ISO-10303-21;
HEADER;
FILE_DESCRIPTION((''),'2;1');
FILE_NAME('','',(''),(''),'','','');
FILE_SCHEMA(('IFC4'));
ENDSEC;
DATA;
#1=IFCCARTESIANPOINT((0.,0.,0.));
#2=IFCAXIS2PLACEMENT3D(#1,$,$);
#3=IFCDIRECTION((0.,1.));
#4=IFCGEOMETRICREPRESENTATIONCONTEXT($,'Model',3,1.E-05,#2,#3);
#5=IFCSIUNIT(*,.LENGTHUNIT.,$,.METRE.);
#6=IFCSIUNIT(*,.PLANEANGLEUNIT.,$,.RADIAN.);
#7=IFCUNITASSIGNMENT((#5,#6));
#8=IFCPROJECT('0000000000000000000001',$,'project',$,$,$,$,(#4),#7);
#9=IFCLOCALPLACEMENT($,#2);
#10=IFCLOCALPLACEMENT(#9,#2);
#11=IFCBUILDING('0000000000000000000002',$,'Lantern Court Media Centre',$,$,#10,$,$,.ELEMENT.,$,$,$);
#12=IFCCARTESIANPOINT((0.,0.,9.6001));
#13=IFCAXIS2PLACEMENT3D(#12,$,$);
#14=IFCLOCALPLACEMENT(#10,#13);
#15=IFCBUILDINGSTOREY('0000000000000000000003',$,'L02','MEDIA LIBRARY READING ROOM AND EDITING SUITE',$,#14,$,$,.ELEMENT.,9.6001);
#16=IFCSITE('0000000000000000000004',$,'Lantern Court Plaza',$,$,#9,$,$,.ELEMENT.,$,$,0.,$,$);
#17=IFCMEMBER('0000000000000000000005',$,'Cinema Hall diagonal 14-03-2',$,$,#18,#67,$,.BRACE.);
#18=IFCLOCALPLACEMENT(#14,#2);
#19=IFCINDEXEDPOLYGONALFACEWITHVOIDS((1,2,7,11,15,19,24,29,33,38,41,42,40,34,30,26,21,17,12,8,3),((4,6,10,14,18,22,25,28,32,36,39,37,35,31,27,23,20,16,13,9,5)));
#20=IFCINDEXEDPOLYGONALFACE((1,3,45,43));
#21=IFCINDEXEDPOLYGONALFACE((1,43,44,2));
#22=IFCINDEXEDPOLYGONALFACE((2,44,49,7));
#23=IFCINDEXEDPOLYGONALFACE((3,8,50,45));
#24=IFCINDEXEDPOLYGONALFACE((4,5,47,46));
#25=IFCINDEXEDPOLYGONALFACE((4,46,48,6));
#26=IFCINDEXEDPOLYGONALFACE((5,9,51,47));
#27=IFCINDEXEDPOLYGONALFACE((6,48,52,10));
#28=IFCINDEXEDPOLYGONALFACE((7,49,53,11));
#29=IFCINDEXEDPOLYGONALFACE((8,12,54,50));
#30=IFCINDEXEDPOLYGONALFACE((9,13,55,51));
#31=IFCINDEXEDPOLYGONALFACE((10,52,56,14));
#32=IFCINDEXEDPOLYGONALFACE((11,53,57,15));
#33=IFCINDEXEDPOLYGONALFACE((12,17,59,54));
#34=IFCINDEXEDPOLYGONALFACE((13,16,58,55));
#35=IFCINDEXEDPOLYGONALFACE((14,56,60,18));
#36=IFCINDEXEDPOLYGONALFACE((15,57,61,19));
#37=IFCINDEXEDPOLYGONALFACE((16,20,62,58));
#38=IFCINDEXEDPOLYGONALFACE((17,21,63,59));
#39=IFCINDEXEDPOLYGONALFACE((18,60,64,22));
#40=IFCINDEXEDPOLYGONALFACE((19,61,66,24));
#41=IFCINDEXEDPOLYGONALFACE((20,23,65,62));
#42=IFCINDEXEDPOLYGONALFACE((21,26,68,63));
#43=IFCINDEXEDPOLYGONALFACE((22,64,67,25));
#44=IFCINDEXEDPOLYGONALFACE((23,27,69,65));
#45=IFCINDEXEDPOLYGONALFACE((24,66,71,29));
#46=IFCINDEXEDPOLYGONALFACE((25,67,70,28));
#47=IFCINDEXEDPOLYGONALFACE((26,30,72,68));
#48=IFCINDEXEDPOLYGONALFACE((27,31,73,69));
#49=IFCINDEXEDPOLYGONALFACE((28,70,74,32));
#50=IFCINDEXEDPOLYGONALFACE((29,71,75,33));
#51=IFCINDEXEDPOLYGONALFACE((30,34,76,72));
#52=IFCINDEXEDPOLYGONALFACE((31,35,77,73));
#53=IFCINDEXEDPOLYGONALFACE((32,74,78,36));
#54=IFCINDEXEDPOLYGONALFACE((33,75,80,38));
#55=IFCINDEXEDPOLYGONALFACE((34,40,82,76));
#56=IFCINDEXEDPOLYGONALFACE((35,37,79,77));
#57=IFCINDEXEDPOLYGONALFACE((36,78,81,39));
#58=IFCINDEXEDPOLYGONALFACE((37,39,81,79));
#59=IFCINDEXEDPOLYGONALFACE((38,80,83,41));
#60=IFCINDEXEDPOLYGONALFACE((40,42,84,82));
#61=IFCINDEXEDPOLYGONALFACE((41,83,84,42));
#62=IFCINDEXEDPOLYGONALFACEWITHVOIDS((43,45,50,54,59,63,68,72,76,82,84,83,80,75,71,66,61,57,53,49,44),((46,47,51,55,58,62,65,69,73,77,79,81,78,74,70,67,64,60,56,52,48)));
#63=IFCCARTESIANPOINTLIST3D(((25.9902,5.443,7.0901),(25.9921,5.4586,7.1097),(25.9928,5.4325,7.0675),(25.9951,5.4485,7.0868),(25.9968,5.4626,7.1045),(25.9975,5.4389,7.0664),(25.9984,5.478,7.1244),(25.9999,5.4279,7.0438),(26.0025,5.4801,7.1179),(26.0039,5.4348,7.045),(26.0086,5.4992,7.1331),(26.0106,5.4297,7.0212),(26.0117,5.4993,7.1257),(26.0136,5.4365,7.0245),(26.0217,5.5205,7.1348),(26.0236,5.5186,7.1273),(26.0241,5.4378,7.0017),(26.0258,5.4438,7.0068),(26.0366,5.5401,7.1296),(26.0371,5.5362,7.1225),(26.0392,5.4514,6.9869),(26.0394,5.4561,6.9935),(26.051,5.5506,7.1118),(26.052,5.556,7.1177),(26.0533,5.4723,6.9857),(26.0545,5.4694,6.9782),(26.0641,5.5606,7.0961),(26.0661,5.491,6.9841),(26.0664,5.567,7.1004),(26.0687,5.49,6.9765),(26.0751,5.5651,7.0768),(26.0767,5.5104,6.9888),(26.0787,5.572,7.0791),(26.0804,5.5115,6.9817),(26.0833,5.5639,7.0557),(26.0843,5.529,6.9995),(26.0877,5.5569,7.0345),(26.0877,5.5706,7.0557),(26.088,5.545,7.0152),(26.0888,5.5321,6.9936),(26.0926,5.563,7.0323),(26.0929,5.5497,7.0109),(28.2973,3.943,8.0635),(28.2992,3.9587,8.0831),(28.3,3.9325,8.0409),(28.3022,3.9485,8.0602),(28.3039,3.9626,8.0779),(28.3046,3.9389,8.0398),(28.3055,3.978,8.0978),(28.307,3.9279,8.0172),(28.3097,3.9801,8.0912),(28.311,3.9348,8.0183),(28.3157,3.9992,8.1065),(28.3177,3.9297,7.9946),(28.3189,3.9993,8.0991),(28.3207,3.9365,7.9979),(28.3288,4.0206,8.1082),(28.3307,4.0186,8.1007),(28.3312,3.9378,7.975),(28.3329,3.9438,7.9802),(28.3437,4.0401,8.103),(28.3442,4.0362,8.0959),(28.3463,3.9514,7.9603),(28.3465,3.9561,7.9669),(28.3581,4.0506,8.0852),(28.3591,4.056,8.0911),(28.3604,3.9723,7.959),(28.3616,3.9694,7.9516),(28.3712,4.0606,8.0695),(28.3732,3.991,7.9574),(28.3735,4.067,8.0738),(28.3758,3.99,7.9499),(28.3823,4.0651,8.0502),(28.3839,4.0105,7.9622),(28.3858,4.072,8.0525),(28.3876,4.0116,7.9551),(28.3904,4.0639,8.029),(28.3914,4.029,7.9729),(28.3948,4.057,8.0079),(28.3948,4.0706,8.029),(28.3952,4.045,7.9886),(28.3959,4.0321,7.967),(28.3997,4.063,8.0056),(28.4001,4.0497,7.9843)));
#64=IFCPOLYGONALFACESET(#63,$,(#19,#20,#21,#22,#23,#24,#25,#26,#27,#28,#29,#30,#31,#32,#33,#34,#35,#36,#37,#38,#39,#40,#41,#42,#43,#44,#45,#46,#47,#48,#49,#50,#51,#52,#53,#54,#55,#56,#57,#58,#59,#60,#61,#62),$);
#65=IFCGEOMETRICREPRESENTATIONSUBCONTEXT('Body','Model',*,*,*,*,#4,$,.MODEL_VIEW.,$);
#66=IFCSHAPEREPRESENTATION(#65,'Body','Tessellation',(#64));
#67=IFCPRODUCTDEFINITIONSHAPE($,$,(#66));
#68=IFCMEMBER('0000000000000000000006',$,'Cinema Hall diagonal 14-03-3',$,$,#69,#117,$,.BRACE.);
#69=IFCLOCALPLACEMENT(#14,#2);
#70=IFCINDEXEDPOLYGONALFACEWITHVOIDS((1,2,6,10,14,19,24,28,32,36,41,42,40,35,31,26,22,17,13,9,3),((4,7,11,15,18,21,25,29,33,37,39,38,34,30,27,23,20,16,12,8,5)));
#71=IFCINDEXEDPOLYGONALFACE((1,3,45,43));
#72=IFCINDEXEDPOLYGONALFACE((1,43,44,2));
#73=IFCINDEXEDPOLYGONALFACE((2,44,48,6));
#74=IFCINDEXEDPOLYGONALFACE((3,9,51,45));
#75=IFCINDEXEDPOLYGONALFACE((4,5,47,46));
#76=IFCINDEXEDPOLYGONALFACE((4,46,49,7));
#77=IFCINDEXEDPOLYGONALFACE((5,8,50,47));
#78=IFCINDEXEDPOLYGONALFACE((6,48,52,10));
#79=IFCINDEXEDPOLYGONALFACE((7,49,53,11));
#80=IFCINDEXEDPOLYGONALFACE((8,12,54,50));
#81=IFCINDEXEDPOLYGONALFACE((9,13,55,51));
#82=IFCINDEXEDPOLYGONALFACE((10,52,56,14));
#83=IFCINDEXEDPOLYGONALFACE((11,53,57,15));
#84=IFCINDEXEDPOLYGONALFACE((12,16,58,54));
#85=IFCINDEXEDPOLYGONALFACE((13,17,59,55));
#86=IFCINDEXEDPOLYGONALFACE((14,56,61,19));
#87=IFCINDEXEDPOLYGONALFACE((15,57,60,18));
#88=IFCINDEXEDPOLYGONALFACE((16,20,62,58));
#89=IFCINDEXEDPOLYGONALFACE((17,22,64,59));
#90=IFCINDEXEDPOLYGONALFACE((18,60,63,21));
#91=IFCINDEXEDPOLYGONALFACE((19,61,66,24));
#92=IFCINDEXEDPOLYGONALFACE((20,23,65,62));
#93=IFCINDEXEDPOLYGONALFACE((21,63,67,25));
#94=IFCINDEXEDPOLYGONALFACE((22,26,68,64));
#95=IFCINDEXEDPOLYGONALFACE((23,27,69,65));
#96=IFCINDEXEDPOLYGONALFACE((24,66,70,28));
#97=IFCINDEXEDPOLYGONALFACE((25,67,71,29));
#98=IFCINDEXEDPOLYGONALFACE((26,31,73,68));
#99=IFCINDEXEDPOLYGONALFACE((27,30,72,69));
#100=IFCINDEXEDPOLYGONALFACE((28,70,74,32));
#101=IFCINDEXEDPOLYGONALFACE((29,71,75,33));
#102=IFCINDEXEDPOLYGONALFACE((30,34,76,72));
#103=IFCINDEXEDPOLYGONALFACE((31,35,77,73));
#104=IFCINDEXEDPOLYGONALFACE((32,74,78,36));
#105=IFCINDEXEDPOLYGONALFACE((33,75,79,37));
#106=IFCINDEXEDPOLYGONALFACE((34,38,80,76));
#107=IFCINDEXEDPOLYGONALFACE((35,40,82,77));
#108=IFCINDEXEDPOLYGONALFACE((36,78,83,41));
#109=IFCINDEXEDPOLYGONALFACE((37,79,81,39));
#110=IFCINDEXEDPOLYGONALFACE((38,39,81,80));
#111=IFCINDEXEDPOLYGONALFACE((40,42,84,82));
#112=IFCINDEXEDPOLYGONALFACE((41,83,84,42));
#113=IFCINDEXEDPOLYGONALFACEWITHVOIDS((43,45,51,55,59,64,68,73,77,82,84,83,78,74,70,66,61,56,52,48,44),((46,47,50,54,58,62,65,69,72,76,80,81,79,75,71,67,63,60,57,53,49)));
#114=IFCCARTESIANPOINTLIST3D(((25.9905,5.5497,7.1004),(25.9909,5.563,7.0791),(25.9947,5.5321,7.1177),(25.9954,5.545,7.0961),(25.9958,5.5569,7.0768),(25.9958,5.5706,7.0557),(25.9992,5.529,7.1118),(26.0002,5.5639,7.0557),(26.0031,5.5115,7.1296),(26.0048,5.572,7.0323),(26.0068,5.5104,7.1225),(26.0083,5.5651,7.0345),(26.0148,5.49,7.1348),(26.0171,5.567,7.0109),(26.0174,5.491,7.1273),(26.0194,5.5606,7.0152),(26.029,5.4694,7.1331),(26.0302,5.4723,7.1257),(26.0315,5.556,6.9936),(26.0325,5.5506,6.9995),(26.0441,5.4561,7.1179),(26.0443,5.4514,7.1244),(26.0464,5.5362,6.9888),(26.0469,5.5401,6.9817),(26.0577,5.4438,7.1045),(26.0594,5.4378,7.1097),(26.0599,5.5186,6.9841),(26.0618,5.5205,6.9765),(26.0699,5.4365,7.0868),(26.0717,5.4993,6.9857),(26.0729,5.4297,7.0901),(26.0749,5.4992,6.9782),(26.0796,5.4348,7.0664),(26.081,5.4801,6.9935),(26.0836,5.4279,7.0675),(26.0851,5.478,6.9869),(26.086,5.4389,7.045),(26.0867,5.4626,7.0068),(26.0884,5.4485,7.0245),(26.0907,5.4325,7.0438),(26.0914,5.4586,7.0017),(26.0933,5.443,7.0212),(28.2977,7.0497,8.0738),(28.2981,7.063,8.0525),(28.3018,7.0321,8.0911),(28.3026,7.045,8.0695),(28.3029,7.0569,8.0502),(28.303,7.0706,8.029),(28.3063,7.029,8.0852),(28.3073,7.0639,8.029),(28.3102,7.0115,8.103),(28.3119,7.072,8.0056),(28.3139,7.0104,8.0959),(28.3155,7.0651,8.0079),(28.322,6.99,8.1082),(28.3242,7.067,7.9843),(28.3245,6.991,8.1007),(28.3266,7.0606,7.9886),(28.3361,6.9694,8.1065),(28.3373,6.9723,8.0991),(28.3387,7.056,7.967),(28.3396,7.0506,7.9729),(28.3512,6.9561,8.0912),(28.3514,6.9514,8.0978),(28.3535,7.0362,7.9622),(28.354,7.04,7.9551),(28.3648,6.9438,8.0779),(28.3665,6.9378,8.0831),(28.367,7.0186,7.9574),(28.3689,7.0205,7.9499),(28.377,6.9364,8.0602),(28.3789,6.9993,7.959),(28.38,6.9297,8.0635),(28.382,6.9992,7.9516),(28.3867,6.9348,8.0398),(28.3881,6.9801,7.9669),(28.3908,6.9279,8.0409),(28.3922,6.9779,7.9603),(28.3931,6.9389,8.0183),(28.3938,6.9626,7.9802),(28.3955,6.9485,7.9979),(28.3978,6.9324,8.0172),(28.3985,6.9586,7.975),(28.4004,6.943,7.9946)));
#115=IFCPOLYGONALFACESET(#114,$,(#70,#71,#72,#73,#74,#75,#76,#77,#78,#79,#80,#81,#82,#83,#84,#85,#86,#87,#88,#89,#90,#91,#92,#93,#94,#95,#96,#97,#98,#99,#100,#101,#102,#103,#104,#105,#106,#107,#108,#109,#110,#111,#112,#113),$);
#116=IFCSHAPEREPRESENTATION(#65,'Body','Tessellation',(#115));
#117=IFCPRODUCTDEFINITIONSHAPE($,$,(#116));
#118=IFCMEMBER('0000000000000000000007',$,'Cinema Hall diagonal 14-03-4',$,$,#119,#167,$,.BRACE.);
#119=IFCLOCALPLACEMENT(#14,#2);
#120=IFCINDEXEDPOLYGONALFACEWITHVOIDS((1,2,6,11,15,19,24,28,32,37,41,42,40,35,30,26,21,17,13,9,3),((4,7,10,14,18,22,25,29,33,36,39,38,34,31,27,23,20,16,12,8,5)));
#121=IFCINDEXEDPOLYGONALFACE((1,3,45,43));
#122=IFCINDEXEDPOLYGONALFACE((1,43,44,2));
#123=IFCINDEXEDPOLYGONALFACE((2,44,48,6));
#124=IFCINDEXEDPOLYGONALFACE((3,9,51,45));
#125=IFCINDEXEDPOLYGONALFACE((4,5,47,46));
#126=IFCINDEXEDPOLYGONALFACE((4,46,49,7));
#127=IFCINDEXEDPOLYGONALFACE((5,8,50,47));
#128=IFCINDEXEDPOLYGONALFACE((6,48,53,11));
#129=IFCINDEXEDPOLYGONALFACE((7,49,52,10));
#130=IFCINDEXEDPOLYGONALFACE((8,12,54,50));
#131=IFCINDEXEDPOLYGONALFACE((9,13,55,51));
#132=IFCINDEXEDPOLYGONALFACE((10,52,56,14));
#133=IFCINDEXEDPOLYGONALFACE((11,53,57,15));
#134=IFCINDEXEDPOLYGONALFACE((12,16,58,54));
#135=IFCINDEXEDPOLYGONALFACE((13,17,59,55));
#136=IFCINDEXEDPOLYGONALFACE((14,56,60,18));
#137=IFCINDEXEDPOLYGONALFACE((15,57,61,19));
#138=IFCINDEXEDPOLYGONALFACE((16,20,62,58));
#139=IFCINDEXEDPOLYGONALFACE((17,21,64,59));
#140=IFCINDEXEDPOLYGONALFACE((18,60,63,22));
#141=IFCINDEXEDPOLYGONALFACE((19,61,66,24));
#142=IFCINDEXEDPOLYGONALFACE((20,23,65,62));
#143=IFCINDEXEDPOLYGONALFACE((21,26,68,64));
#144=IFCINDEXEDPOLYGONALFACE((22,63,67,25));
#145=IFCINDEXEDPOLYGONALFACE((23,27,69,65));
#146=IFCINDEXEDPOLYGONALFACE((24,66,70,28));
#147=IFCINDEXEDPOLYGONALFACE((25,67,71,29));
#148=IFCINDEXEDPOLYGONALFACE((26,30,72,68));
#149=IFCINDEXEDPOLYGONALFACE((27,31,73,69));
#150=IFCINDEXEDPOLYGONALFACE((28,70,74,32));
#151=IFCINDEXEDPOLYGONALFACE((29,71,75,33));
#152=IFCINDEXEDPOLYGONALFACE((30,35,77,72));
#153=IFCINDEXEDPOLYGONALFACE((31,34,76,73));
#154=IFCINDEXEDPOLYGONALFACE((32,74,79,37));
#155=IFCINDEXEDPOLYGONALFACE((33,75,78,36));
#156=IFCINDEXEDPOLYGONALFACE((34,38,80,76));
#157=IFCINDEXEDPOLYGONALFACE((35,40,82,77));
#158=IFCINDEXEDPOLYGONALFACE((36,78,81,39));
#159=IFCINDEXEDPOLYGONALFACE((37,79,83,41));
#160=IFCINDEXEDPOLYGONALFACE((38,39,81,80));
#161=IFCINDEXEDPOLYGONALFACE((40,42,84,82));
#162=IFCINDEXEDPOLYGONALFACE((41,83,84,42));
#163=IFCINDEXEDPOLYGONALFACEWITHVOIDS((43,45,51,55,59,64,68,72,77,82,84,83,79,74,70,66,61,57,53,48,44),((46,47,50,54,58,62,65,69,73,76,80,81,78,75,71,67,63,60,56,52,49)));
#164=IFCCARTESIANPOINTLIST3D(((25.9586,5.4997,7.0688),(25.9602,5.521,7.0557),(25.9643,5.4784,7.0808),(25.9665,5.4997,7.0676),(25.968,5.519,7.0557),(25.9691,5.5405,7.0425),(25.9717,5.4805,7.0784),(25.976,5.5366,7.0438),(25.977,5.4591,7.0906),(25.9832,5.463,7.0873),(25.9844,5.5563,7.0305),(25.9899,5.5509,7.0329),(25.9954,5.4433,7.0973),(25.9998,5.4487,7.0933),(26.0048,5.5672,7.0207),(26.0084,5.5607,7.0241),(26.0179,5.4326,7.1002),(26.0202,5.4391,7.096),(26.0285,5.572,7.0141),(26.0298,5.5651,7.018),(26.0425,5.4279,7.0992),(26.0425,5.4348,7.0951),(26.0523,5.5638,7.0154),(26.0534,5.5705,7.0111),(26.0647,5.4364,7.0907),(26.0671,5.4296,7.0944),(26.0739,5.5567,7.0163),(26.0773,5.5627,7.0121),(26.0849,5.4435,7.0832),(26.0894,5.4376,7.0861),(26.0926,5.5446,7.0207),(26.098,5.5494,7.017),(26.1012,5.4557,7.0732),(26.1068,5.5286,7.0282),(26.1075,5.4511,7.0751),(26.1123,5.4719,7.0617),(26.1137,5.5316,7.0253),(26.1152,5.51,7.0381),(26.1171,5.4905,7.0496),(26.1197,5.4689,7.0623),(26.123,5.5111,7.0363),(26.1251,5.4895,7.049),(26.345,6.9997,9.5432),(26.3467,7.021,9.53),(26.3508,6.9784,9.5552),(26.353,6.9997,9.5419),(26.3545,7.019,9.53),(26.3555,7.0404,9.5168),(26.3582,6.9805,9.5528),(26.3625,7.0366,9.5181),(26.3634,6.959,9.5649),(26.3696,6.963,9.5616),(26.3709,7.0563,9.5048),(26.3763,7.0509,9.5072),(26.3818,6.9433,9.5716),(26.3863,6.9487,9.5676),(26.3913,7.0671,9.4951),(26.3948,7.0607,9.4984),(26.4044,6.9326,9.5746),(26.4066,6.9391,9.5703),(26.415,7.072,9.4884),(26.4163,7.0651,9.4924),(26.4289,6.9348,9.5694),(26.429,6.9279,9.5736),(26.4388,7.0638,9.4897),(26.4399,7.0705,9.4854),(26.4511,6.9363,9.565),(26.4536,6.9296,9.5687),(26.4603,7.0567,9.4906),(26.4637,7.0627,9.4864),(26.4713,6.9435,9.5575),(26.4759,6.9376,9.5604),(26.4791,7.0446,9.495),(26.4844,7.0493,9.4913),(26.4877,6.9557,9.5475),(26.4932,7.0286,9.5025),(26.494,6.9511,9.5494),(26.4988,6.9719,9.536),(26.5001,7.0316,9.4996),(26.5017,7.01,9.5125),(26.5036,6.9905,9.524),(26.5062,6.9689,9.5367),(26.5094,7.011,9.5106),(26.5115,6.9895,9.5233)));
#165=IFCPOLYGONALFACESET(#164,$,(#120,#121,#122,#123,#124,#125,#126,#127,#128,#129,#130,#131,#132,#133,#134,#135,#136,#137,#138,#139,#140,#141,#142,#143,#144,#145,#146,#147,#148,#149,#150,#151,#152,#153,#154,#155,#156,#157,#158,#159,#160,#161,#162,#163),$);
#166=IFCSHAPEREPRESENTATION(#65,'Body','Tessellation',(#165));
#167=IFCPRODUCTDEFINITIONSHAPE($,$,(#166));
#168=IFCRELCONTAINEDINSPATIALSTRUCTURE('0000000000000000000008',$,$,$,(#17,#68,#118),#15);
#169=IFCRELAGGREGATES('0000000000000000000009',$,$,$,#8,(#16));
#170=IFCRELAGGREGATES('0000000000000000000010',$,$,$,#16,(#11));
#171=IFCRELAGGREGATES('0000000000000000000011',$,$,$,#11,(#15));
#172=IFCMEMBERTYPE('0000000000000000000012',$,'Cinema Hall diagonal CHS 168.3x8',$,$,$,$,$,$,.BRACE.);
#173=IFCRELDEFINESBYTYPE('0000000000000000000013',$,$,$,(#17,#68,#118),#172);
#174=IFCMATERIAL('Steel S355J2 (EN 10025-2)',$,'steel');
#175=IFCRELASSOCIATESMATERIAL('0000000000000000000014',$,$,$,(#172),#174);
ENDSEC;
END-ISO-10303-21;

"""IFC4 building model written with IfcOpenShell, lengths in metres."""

from ifc_helpers import new_model, si_unit, direction, frame, origin, origin_2d, place, context, subcontext, project, spatial, hollow_circle, extrude, material, material_profile, profile_set, type_object, element, save


model = new_model("IFC4")

# Units and contexts
model_context = context("Model", 3, precision=1e-05, world=origin(), true_north=direction((0.0, 1.0)))
body_context = subcontext(model_context, "Body", "Model", "MODEL_VIEW")
ifc_project = project(units=[si_unit("LENGTHUNIT", "METRE"), si_unit("PLANEANGLEUNIT", "RADIAN")], contexts=[model_context])

# Site, building, storey
site_placement = place(None, origin())
site = spatial("IfcSite", under=ifc_project, at=site_placement, Name="Lantern Court Plaza", CompositionType="ELEMENT", RefElevation=0.0)
building_placement = place(site_placement, origin())
building = spatial("IfcBuilding", under=site, at=building_placement, Name="Lantern Court Media Centre", CompositionType="ELEMENT")
storey_placement = place(building_placement, frame((0.0, 0.0, 9.6001)))
storey = spatial("IfcBuildingStorey", under=building, at=storey_placement, Name="L02", Description="MEDIA LIBRARY READING ROOM AND EDITING SUITE", CompositionType="ELEMENT", Elevation=9.6001)

# Members
ifc_material = material(Name="Steel S355J2 (EN 10025-2)", Category="steel")
ifc_material_profile_1 = material_profile(ifc_material, hollow_circle(Radius=0.0842, WallThickness=0.0081, at=origin_2d()), Name="Cinema Hall diagonal CHS 168.3x8")
ifc_profile_set_1 = profile_set([ifc_material_profile_1], Name="Steel S355J2 (EN 10025-2)")
member_type_1 = type_object("IfcMemberType", Name="Cinema Hall diagonal CHS 168.3x8", PredefinedType="BRACE", material=ifc_profile_set_1)
for number, where, z_axis, x_axis, name in (
    (1, (26.0417, 5.5, 7.0557), (0.790394, -0.513882, 0.333471), (0.545082, 0.838383, 0.0), "Cinema Hall diagonal 14-03-2"),
    (2, (26.0417, 5.5, 7.0557), (0.790394, 0.513882, 0.333471), (-0.545082, 0.838383, 0.0), "Cinema Hall diagonal 14-03-3"),
):
    element("IfcMember", number, at=place(storey_placement, frame(where, z_axis=z_axis, x_axis=x_axis)), inside=storey, type_object=member_type_1, Name=name, PredefinedType="BRACE", context=body_context, shape_type="SweptSolid", body=[
        extrude(hollow_circle(Radius=0.0842, WallThickness=0.0081, at=origin_2d()), origin(), (0.0, 0.0, 1.0), 2.9189),
    ])
for number, where, z_axis, x_axis, name in (
    (3, (26.0417, 5.5, 7.0557), (0.13239, 0.513836, 0.847612), (-0.968374, 0.249501, 0.0), "Cinema Hall diagonal 14-03-4"),
):
    element("IfcMember", number, at=place(storey_placement, frame(where, z_axis=z_axis, x_axis=x_axis)), inside=storey, type_object=member_type_1, Name=name, PredefinedType="BRACE", context=body_context, shape_type="SweptSolid", body=[
        extrude(hollow_circle(Radius=0.0842, WallThickness=0.0081, at=origin_2d()), origin(), (0.0, 0.0, 1.0), 2.9192),
    ])

save(model, "model.ifc")
